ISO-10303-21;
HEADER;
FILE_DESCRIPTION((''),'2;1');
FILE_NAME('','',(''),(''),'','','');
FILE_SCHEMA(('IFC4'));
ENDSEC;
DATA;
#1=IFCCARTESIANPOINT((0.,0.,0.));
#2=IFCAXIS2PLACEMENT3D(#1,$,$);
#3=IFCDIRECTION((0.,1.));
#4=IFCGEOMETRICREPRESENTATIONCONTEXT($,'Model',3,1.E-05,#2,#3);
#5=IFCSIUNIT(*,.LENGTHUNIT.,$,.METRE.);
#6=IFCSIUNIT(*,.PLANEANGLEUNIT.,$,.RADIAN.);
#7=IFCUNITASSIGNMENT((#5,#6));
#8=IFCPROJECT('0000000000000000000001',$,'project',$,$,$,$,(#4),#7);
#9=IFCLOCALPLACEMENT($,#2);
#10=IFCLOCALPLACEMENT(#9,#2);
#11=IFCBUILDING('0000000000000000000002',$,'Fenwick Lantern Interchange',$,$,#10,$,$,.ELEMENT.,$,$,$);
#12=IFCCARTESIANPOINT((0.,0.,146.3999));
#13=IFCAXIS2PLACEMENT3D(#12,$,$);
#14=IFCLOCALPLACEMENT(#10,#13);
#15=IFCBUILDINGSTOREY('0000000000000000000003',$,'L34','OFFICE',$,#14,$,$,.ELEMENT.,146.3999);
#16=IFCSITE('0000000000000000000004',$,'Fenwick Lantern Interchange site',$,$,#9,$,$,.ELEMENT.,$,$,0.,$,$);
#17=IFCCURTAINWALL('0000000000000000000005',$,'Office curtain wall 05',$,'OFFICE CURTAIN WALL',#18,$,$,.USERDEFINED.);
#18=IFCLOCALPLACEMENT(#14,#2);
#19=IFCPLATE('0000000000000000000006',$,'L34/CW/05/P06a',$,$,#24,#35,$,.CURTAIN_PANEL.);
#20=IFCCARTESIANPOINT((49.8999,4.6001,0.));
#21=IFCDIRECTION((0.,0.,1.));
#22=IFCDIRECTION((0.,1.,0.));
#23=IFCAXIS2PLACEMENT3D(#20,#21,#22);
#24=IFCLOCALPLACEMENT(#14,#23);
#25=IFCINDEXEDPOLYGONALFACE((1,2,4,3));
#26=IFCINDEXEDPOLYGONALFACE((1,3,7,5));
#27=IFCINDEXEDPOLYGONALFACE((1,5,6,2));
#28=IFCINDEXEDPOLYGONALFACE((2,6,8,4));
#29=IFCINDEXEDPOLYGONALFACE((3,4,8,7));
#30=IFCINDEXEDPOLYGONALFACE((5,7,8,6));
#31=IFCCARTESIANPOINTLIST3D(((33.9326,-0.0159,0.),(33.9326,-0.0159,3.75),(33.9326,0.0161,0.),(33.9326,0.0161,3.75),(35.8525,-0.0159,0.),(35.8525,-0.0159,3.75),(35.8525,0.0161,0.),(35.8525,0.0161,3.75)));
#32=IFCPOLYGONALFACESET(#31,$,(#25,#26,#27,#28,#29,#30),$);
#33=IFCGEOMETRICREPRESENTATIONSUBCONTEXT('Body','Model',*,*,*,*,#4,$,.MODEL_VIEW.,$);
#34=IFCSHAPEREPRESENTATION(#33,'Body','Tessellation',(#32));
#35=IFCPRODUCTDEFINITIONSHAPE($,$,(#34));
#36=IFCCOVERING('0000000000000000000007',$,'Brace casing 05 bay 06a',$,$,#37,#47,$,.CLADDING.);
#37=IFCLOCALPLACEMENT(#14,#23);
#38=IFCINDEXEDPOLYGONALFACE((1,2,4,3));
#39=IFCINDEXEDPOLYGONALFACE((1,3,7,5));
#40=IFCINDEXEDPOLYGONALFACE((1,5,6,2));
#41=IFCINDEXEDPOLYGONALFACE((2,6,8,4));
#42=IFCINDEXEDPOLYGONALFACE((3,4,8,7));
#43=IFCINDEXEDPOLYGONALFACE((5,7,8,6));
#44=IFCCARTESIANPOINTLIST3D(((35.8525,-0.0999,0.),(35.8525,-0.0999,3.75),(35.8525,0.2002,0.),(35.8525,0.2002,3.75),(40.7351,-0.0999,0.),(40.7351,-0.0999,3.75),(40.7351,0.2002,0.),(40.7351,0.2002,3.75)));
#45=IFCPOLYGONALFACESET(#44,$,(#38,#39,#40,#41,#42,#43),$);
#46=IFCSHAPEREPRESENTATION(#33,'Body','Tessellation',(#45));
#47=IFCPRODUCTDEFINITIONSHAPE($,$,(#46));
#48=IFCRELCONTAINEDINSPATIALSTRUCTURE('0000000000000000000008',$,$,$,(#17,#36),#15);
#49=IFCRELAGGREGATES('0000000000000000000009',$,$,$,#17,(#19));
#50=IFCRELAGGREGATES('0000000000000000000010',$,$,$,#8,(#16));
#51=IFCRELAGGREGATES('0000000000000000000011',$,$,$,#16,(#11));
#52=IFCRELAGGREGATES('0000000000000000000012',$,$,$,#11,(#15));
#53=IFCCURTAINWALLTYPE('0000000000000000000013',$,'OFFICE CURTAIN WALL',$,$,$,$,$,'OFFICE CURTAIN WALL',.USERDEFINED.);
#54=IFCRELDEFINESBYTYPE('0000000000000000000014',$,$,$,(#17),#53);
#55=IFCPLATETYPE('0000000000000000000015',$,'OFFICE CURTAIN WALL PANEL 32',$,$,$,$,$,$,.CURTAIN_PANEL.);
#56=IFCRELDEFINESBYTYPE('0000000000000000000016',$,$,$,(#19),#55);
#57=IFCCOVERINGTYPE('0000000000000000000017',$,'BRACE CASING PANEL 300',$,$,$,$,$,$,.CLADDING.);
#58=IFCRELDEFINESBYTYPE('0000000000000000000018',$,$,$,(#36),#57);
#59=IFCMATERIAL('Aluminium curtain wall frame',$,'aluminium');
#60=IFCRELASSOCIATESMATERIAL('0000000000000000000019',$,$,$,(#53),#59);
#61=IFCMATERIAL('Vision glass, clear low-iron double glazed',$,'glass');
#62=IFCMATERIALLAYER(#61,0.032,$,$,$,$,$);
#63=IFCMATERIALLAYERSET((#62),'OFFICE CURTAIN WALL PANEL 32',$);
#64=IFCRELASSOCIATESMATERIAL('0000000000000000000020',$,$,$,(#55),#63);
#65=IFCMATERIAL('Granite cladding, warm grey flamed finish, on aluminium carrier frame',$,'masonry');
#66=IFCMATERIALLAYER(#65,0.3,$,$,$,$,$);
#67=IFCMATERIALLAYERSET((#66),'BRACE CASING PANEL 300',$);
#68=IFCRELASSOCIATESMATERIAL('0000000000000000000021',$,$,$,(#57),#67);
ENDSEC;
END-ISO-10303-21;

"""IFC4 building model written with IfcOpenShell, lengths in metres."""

from ifc_helpers import new_model, si_unit, direction, frame, origin, place, context, subcontext, project, spatial, polyline, outline, extrude, material, layer, layer_set, type_object, element, aggregate, save


model = new_model("IFC4")

# Units and contexts
model_context = context("Model", 3, precision=1e-05, world=origin(), true_north=direction((0.0, 1.0)))
body_context = subcontext(model_context, "Body", "Model", "MODEL_VIEW")
ifc_project = project(units=[si_unit("LENGTHUNIT", "METRE"), si_unit("PLANEANGLEUNIT", "RADIAN")], contexts=[model_context])

# Site, building, storey
site_placement = place(None, origin())
site = spatial("IfcSite", under=ifc_project, at=site_placement, Name="Fenwick Lantern Interchange site", CompositionType="ELEMENT", RefElevation=0.0)
building_placement = place(site_placement, origin())
building = spatial("IfcBuilding", under=site, at=building_placement, Name="Fenwick Lantern Interchange", CompositionType="ELEMENT")
storey_placement = place(building_placement, frame((0.0, 0.0, 146.3999)))
storey = spatial("IfcBuildingStorey", under=building, at=storey_placement, Name="L34", Description="OFFICE", CompositionType="ELEMENT", Elevation=146.3999)

# Curtain wall, plate
ifc_material_1 = material(Name="Aluminium curtain wall frame", Category="aluminium")
curtain_wall_type = type_object("IfcCurtainWallType", Name="OFFICE CURTAIN WALL", ElementType="OFFICE CURTAIN WALL", PredefinedType="USERDEFINED", material=ifc_material_1)
curtain_wall_placement = place(storey_placement, origin())
curtain_wall = element("IfcCurtainWall", 1, at=curtain_wall_placement, inside=storey, type_object=curtain_wall_type, Name="Office curtain wall 05", ObjectType="OFFICE CURTAIN WALL", PredefinedType="USERDEFINED")
ifc_material_2 = material(Name="Vision glass, clear low-iron double glazed", Category="glass")
ifc_layer_1 = layer(ifc_material_2, 0.032)
ifc_layer_set_1 = layer_set([ifc_layer_1], Name="OFFICE CURTAIN WALL PANEL 32")
plate_type = type_object("IfcPlateType", Name="OFFICE CURTAIN WALL PANEL 32", PredefinedType="CURTAIN_PANEL", material=ifc_layer_set_1)
plate_placement = place(storey_placement, frame((49.8999, 4.6001, 0.0), z_axis=(0.0, 0.0, 1.0), x_axis=(0.0, 1.0, 0.0)))
plate = element("IfcPlate", 2, at=plate_placement, type_object=plate_type, Name="L34/CW/05/P06a", PredefinedType="CURTAIN_PANEL", context=body_context, shape_type="SweptSolid", body=[
    extrude(outline(polyline([(33.9326, 0.0), (35.8525, 0.0), (35.8525, 3.75), (33.9326, 3.75), (33.9326, 0.0)])), frame((0.0, 0.0161, 0.0), z_axis=(0.0, -1.0, 0.0), x_axis=(1.0, 0.0, 0.0)), (0.0, 0.0, 1.0), 0.032),
])
aggregate(curtain_wall, [plate])

# Covering
ifc_material_3 = material(Name="Granite cladding, warm grey flamed finish, on aluminium carrier frame", Category="masonry")
ifc_layer_2 = layer(ifc_material_3, 0.3)
ifc_layer_set_2 = layer_set([ifc_layer_2], Name="BRACE CASING PANEL 300")
covering_type = type_object("IfcCoveringType", Name="BRACE CASING PANEL 300", PredefinedType="CLADDING", material=ifc_layer_set_2)
covering_placement = place(storey_placement, frame((49.8999, 4.6001, 0.0), z_axis=(0.0, 0.0, 1.0), x_axis=(0.0, 1.0, 0.0)))
element("IfcCovering", 3, at=covering_placement, inside=storey, type_object=covering_type, Name="Brace casing 05 bay 06a", PredefinedType="CLADDING", context=body_context, shape_type="SweptSolid", body=[
    extrude(outline(polyline([(35.8525, 0.0), (40.7351, 0.0), (40.7351, 3.75), (35.8525, 3.75), (35.8525, 0.0)])), frame((0.0, 0.2002, 0.0), z_axis=(0.0, -1.0, 0.0), x_axis=(1.0, 0.0, 0.0)), (0.0, 0.0, 1.0), 0.3),
])

save(model, "model.ifc")
